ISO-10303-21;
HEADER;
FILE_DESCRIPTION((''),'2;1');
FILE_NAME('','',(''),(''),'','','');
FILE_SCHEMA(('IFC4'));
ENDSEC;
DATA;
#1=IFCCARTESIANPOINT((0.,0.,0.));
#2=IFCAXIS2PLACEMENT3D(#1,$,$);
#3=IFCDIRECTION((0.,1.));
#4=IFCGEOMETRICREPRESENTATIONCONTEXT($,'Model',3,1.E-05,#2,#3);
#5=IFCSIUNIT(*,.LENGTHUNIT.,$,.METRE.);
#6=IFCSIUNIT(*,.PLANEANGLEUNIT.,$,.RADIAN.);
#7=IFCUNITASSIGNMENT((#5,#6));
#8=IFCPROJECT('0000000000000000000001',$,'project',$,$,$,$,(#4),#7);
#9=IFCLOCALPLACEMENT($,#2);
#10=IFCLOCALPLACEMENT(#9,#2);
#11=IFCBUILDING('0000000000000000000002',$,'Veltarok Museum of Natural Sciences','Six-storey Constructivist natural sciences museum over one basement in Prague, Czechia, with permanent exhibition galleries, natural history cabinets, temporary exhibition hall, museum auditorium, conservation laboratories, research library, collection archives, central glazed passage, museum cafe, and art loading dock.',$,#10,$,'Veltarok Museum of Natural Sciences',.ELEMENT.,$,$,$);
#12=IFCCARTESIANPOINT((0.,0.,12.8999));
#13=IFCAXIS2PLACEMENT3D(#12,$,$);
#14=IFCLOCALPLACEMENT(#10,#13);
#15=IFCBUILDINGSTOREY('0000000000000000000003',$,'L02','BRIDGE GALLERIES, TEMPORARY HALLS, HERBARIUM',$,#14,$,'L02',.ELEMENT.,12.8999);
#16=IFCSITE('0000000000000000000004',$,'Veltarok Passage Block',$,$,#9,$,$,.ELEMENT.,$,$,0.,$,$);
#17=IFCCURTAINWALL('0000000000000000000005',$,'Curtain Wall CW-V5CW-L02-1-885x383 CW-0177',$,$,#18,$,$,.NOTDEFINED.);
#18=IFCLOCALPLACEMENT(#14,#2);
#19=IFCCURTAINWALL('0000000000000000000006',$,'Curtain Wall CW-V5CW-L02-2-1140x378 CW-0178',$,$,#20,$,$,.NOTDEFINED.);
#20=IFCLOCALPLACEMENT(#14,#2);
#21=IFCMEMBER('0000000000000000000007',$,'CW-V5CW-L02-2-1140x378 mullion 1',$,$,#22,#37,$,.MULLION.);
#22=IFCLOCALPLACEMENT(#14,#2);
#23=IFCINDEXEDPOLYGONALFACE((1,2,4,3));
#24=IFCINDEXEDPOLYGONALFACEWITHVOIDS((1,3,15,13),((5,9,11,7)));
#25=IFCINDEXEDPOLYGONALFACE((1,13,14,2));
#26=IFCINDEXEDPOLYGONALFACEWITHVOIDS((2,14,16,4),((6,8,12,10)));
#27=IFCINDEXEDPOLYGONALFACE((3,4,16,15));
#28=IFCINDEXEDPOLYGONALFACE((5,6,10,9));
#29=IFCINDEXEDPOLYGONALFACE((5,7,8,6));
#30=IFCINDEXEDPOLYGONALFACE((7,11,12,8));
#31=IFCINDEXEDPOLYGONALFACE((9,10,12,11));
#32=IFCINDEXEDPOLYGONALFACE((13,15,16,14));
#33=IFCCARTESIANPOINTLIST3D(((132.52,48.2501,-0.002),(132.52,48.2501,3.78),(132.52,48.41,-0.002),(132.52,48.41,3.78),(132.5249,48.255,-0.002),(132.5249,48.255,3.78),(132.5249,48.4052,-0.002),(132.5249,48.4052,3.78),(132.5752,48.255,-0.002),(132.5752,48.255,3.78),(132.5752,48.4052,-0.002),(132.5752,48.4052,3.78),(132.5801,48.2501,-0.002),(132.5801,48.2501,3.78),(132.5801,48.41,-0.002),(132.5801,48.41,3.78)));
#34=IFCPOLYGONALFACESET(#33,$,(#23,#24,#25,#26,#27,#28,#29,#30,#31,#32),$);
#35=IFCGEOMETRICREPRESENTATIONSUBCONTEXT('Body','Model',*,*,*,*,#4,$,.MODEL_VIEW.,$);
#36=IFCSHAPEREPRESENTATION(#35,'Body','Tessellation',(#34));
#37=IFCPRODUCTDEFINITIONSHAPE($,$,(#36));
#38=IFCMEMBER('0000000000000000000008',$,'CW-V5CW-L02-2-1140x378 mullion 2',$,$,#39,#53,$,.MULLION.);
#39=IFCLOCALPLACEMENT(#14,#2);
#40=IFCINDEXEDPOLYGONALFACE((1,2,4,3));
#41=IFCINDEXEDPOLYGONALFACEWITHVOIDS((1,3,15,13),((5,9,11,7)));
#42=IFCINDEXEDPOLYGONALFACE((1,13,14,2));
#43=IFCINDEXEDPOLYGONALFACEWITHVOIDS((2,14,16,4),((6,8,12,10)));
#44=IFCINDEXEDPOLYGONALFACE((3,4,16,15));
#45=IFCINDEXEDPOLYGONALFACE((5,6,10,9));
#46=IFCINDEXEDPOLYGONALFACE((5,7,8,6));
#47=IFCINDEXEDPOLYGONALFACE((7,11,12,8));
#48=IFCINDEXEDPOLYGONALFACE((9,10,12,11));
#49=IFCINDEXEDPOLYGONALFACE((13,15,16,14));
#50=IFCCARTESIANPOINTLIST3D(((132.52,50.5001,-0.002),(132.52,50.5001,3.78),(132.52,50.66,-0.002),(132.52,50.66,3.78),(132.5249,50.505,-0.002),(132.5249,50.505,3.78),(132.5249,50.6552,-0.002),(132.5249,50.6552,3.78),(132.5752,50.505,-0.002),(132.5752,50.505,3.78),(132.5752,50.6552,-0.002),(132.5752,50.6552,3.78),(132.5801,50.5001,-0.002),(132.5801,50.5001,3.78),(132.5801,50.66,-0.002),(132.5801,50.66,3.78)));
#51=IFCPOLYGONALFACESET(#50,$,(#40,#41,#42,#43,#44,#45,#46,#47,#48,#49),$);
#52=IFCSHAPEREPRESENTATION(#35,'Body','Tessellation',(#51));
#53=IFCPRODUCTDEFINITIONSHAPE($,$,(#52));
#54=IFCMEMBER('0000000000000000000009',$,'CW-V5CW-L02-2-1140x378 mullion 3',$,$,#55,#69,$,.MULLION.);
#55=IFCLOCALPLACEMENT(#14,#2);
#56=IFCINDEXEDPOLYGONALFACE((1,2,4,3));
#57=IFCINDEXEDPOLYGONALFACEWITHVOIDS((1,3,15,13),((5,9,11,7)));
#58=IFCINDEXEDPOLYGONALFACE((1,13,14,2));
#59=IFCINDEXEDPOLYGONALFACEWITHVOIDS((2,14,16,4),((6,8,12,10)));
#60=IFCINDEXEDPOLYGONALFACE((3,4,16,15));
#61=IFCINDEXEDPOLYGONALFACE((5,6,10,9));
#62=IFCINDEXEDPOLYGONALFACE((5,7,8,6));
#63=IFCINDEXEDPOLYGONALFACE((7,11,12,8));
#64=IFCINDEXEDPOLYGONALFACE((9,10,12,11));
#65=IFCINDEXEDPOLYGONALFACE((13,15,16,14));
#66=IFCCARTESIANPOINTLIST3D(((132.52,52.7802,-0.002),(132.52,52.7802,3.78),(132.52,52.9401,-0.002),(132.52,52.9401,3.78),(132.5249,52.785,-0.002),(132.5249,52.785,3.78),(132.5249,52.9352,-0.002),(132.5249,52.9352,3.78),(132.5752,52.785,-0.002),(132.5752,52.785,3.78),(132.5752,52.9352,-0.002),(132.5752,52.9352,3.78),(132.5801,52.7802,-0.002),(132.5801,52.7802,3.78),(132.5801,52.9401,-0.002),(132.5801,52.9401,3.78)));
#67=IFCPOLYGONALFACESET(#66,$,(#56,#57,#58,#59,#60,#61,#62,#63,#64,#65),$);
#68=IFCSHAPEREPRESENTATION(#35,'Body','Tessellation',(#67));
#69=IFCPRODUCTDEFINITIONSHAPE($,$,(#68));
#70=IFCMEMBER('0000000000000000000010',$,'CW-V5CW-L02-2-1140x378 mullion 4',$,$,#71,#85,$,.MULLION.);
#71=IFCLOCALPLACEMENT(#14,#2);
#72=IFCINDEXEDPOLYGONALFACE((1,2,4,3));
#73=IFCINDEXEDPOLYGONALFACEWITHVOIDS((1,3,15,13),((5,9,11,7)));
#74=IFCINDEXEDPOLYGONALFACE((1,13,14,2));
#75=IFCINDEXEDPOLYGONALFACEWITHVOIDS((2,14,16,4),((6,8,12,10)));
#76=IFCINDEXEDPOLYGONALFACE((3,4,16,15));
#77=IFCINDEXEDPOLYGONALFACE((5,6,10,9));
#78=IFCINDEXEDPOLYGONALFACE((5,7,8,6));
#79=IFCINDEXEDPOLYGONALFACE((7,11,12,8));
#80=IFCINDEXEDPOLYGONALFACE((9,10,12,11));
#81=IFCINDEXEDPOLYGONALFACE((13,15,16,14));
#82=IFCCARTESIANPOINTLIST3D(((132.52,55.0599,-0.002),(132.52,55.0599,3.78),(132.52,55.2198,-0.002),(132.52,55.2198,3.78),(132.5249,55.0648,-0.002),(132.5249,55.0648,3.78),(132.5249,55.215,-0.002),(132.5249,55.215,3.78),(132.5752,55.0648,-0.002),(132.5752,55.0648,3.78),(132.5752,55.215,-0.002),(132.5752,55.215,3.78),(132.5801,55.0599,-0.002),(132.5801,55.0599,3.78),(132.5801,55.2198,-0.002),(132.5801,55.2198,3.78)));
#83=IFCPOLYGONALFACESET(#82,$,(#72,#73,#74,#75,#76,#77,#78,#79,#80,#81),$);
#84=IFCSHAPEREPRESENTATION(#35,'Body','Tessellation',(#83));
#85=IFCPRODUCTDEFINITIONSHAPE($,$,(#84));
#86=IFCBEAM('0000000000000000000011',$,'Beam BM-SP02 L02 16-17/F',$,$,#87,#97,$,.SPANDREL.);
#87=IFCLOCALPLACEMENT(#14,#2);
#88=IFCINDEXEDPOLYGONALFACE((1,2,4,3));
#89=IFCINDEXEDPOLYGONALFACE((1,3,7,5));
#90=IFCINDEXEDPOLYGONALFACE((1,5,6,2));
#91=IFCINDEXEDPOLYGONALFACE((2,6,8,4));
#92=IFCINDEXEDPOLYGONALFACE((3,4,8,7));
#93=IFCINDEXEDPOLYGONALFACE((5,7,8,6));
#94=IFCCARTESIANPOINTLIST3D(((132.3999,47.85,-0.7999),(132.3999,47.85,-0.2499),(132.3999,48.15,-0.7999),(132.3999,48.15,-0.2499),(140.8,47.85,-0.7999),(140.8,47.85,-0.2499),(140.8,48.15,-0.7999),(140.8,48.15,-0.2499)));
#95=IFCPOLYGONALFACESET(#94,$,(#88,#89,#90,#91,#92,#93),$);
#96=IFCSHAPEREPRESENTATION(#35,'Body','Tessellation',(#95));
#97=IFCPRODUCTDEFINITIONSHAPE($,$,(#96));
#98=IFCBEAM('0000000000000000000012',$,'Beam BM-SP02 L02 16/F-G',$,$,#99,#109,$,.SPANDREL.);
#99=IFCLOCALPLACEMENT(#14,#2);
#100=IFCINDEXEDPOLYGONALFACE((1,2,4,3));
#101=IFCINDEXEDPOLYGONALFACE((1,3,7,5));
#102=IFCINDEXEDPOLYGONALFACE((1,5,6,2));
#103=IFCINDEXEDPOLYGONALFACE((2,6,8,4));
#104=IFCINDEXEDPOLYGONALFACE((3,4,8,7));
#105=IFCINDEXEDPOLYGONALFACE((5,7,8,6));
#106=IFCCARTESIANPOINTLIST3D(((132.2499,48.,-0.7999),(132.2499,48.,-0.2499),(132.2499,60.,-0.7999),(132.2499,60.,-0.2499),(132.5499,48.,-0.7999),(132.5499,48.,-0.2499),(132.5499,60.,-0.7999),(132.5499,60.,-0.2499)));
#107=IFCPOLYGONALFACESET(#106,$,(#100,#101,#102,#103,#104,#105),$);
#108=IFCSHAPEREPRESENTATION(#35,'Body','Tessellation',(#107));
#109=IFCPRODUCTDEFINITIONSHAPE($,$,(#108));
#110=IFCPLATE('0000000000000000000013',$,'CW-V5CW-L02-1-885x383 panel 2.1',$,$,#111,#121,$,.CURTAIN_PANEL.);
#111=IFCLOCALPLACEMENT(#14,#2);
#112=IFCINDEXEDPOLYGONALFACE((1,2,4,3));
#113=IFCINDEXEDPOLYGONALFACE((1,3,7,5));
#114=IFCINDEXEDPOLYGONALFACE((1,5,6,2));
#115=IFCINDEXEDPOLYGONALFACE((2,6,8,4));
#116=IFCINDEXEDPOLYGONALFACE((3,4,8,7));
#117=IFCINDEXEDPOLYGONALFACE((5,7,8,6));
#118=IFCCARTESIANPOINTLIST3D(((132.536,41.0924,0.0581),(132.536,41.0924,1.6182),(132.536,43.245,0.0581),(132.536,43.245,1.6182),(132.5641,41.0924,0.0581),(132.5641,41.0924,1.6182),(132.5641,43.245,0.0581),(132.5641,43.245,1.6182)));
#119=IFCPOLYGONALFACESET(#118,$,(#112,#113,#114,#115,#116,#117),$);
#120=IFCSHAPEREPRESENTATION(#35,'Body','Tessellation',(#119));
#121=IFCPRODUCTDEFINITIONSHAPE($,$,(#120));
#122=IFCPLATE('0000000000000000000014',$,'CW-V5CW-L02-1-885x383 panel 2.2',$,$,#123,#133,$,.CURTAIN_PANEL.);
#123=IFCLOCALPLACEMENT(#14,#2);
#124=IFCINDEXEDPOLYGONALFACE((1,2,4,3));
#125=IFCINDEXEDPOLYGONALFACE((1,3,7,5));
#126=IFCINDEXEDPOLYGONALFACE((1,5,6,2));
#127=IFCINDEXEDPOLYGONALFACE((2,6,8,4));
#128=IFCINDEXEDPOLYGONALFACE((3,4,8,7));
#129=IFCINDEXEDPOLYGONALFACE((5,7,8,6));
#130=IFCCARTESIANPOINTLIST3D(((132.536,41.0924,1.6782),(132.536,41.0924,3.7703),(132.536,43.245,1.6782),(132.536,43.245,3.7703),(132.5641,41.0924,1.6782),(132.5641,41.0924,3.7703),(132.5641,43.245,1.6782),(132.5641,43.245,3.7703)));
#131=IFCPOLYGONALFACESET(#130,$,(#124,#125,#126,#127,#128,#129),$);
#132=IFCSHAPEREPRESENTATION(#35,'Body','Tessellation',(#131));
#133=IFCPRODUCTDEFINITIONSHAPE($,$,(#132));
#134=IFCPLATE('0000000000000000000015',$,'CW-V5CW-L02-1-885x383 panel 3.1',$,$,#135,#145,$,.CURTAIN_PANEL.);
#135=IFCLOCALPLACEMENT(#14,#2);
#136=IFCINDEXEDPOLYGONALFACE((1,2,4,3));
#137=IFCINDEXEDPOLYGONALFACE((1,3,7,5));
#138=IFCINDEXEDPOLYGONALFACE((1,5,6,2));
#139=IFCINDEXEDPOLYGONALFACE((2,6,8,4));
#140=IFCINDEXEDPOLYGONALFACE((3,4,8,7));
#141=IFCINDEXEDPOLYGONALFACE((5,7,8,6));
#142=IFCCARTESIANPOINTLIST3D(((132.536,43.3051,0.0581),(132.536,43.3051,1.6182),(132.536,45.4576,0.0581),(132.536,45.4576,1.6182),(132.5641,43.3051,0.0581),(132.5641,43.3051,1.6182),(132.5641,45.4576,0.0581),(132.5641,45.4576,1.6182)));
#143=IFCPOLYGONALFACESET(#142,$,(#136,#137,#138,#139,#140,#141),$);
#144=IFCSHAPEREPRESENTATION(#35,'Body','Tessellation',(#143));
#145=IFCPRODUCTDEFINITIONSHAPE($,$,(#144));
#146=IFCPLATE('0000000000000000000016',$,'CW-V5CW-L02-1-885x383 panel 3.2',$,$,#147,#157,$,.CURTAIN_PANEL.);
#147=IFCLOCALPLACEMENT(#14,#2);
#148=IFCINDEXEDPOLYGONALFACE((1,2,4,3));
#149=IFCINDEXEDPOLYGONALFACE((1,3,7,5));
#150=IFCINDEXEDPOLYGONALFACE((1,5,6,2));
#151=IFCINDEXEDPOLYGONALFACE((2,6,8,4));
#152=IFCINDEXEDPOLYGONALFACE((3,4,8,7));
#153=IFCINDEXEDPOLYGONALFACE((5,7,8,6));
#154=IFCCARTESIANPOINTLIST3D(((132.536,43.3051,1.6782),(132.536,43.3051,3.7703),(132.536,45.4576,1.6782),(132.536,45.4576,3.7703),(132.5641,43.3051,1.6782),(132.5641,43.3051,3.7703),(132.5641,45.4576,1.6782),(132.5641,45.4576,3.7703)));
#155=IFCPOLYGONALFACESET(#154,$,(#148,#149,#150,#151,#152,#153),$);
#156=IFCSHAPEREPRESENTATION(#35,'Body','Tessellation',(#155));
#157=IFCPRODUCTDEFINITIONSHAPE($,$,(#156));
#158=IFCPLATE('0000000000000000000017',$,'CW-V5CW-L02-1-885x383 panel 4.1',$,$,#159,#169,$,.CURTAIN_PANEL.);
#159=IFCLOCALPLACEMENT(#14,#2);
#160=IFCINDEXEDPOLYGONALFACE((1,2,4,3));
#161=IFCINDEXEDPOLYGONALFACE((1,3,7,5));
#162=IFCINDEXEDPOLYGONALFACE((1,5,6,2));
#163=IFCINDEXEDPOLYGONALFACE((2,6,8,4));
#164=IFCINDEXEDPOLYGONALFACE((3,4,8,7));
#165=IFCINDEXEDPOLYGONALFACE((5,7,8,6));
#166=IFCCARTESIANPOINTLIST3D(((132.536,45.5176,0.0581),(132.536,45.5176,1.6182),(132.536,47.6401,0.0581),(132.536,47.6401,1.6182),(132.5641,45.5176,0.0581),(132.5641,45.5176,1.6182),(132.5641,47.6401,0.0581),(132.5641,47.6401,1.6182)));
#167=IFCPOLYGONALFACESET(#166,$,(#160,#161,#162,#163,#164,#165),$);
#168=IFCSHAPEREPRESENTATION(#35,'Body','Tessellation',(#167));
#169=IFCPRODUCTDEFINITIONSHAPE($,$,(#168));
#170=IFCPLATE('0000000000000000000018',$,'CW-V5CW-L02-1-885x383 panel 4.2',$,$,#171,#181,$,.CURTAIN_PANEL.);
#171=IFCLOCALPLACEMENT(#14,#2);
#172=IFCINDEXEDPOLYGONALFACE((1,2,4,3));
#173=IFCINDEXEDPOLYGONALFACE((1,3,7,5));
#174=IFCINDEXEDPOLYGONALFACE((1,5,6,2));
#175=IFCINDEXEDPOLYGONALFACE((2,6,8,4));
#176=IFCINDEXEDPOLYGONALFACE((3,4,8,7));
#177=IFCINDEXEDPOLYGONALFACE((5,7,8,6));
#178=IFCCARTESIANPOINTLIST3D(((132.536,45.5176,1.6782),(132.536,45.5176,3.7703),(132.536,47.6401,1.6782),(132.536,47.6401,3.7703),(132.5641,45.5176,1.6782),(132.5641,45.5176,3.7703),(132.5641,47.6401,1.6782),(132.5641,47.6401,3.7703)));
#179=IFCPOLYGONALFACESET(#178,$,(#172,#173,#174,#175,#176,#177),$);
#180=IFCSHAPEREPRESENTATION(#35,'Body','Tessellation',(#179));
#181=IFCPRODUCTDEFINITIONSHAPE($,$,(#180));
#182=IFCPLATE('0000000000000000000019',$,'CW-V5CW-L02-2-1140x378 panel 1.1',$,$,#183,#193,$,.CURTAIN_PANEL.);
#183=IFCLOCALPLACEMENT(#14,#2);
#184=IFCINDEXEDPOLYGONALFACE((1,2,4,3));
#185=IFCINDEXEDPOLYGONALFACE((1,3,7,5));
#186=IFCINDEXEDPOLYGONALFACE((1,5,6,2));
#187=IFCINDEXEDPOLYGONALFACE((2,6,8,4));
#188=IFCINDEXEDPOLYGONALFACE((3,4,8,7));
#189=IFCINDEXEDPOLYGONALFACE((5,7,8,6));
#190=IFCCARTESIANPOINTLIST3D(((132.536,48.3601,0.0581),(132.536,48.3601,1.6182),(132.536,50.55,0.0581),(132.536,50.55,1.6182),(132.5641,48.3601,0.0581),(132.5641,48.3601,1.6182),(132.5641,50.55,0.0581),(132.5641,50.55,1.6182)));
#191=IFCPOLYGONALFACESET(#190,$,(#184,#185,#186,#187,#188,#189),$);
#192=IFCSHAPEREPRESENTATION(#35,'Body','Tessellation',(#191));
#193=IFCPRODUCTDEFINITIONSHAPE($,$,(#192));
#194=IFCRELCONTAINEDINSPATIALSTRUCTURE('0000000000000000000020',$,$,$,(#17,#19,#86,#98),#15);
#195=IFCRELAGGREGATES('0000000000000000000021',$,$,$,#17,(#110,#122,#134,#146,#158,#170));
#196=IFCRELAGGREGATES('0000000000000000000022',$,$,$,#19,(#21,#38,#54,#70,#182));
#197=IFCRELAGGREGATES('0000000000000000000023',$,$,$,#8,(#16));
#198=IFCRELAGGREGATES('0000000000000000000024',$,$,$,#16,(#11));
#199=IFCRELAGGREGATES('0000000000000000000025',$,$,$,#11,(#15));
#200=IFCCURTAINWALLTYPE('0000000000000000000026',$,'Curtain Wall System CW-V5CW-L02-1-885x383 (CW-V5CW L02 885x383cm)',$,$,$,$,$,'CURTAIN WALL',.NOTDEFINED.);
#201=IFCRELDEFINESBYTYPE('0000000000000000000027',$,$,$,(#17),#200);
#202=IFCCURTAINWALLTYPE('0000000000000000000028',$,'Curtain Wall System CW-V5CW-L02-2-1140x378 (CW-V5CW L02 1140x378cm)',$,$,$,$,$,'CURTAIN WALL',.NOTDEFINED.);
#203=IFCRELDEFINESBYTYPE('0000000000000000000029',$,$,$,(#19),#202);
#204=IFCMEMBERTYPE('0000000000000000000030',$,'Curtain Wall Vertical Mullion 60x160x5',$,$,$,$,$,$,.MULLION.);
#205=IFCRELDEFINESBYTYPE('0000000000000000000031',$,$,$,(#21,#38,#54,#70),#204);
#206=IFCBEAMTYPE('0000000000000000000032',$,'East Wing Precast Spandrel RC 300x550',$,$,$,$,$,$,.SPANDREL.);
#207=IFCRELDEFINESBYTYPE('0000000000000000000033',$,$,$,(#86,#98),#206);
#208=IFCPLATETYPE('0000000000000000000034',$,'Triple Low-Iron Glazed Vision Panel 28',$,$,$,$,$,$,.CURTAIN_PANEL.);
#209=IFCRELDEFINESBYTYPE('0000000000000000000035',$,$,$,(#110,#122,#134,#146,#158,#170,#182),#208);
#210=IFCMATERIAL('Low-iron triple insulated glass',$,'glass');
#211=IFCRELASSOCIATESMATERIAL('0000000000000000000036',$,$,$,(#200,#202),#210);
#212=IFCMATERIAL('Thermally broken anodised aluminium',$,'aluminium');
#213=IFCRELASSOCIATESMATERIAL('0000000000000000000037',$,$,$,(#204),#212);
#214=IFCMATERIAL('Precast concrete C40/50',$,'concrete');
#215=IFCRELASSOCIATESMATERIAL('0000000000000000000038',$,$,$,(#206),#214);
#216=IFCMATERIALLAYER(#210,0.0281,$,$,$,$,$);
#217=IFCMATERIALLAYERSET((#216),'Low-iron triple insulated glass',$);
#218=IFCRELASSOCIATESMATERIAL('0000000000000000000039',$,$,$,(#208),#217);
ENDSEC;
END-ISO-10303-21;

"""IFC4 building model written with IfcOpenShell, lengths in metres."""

from ifc_helpers import new_model, si_unit, direction, frame, origin, origin_2d, place, context, subcontext, project, spatial, rectangle, hollow_rectangle, extrude, material, layer, layer_set, material_profile, profile_set, type_object, element, aggregate, save


model = new_model("IFC4")

# Units and contexts
model_context = context("Model", 3, precision=1e-05, world=origin(), true_north=direction((0.0, 1.0)))
body_context = subcontext(model_context, "Body", "Model", "MODEL_VIEW")
ifc_project = project(units=[si_unit("LENGTHUNIT", "METRE"), si_unit("PLANEANGLEUNIT", "RADIAN")], contexts=[model_context])

# Site, building, storey
site_placement = place(None, origin())
site = spatial("IfcSite", under=ifc_project, at=site_placement, Name="Veltarok Passage Block", CompositionType="ELEMENT", RefElevation=0.0)
building_placement = place(site_placement, origin())
building = spatial("IfcBuilding", under=site, at=building_placement, Name="Veltarok Museum of Natural Sciences", Description="Six-storey Constructivist natural sciences museum over one basement in Prague, Czechia, with permanent exhibition galleries, natural history cabinets, temporary exhibition hall, museum auditorium, conservation laboratories, research library, collection archives, central glazed passage, museum cafe, and art loading dock.", LongName="Veltarok Museum of Natural Sciences", CompositionType="ELEMENT")
storey_placement = place(building_placement, frame((0.0, 0.0, 12.8999)))
storey = spatial("IfcBuildingStorey", under=building, at=storey_placement, Name="L02", Description="BRIDGE GALLERIES, TEMPORARY HALLS, HERBARIUM", LongName="L02", CompositionType="ELEMENT", Elevation=12.8999)

# Curtain walls
ifc_material_1 = material(Name="Low-iron triple insulated glass", Category="glass")
curtain_wall_type_1 = type_object("IfcCurtainWallType", Name="Curtain Wall System CW-V5CW-L02-1-885x383 (CW-V5CW L02 885x383cm)", ElementType="CURTAIN WALL", PredefinedType="NOTDEFINED", material=ifc_material_1)
curtain_wall_1_placement = place(storey_placement, origin())
curtain_wall_1 = element("IfcCurtainWall", 1, at=curtain_wall_1_placement, inside=storey, type_object=curtain_wall_type_1, Name="Curtain Wall CW-V5CW-L02-1-885x383 CW-0177", PredefinedType="NOTDEFINED")
ifc_material_2 = material(Name="Thermally broken anodised aluminium", Category="aluminium")
curtain_wall_type_2 = type_object("IfcCurtainWallType", Name="Curtain Wall System CW-V5CW-L02-2-1140x378 (CW-V5CW L02 1140x378cm)", ElementType="CURTAIN WALL", PredefinedType="NOTDEFINED", material=ifc_material_1)
curtain_wall_2_placement = place(storey_placement, origin())
curtain_wall_2 = element("IfcCurtainWall", 2, at=curtain_wall_2_placement, inside=storey, type_object=curtain_wall_type_2, Name="Curtain Wall CW-V5CW-L02-2-1140x378 CW-0178", PredefinedType="NOTDEFINED")

# Members
ifc_material_profile_1 = material_profile(ifc_material_2, hollow_rectangle(XDim=0.0601, YDim=0.1599, WallThickness=0.0049, at=origin_2d()), Name="CW MULLION 60x160x5")
ifc_profile_set_1 = profile_set([ifc_material_profile_1], Name="Thermally broken anodised aluminium")
member_type_1 = type_object("IfcMemberType", Name="Curtain Wall Vertical Mullion 60x160x5", PredefinedType="MULLION", material=ifc_profile_set_1)
member_1_placement = place(storey_placement, frame((132.55, 48.3301, -0.002), z_axis=(0.0, 0.0, 1.0), x_axis=(-1.0, 0.0, 0.0)))
member_1 = element("IfcMember", 3, at=member_1_placement, type_object=member_type_1, Name="CW-V5CW-L02-2-1140x378 mullion 1", PredefinedType="MULLION", context=body_context, shape_type="SweptSolid", body=[
    extrude(hollow_rectangle(XDim=0.0601, YDim=0.1599, WallThickness=0.0049, at=origin_2d()), origin(), (0.0, 0.0, 1.0), 3.782),
])
member_2_placement = place(storey_placement, frame((132.55, 50.5801, -0.002), z_axis=(0.0, 0.0, 1.0), x_axis=(-1.0, 0.0, 0.0)))
member_2 = element("IfcMember", 4, at=member_2_placement, type_object=member_type_1, Name="CW-V5CW-L02-2-1140x378 mullion 2", PredefinedType="MULLION", context=body_context, shape_type="SweptSolid", body=[
    extrude(hollow_rectangle(XDim=0.0601, YDim=0.1599, WallThickness=0.0049, at=origin_2d()), origin(), (0.0, 0.0, 1.0), 3.782),
])
member_3_placement = place(storey_placement, frame((132.55, 52.8601, -0.002), z_axis=(0.0, 0.0, 1.0), x_axis=(-1.0, 0.0, 0.0)))
member_3 = element("IfcMember", 5, at=member_3_placement, type_object=member_type_1, Name="CW-V5CW-L02-2-1140x378 mullion 3", PredefinedType="MULLION", context=body_context, shape_type="SweptSolid", body=[
    extrude(hollow_rectangle(XDim=0.0601, YDim=0.1599, WallThickness=0.0049, at=origin_2d()), origin(), (0.0, 0.0, 1.0), 3.782),
])
member_4_placement = place(storey_placement, frame((132.55, 55.1399, -0.002), z_axis=(0.0, 0.0, 1.0), x_axis=(-1.0, 0.0, 0.0)))
member_4 = element("IfcMember", 6, at=member_4_placement, type_object=member_type_1, Name="CW-V5CW-L02-2-1140x378 mullion 4", PredefinedType="MULLION", context=body_context, shape_type="SweptSolid", body=[
    extrude(hollow_rectangle(XDim=0.0601, YDim=0.1599, WallThickness=0.0049, at=origin_2d()), origin(), (0.0, 0.0, 1.0), 3.782),
])

# Beams
ifc_material_3 = material(Name="Precast concrete C40/50", Category="concrete")
ifc_material_profile_2 = material_profile(ifc_material_3, rectangle(XDim=0.3, YDim=0.55, at=origin_2d()), Name="RC 300x550")
ifc_profile_set_2 = profile_set([ifc_material_profile_2], Name="Precast concrete C40/50")
beam_type = type_object("IfcBeamType", Name="East Wing Precast Spandrel RC 300x550", PredefinedType="SPANDREL", material=ifc_profile_set_2)
beam_1_placement = place(storey_placement, frame((132.3999, 48.0, -0.5249), z_axis=(1.0, 0.0, 0.0), x_axis=(0.0, 1.0, 0.0)))
element("IfcBeam", 7, at=beam_1_placement, inside=storey, type_object=beam_type, Name="Beam BM-SP02 L02 16-17/F", PredefinedType="SPANDREL", context=body_context, shape_type="SweptSolid", body=[
    extrude(rectangle(XDim=0.3, YDim=0.55, at=origin_2d()), origin(), (0.0, 0.0, 1.0), 8.4001),
])
beam_2_placement = place(storey_placement, frame((132.3999, 48.0, -0.5249), z_axis=(0.0, 1.0, 0.0), x_axis=(-1.0, 0.0, 0.0)))
element("IfcBeam", 8, at=beam_2_placement, inside=storey, type_object=beam_type, Name="Beam BM-SP02 L02 16/F-G", PredefinedType="SPANDREL", context=body_context, shape_type="SweptSolid", body=[
    extrude(rectangle(XDim=0.3, YDim=0.55, at=origin_2d()), origin(), (0.0, 0.0, 1.0), 12.0),
])

# Plates
ifc_layer = layer(ifc_material_1, 0.0281)
ifc_layer_set = layer_set([ifc_layer], Name="Low-iron triple insulated glass")
plate_type = type_object("IfcPlateType", Name="Triple Low-Iron Glazed Vision Panel 28", PredefinedType="CURTAIN_PANEL", material=ifc_layer_set)
plate_1_placement = place(storey_placement, frame((132.55, 42.1687, 0.0581), z_axis=(0.0, 0.0, 1.0), x_axis=(0.0, 1.0, 0.0)))
plate_1 = element("IfcPlate", 9, at=plate_1_placement, type_object=plate_type, Name="CW-V5CW-L02-1-885x383 panel 2.1", PredefinedType="CURTAIN_PANEL", context=body_context, shape_type="SweptSolid", body=[
    extrude(rectangle(XDim=2.1526, YDim=0.0281, at=origin_2d()), origin(), (0.0, 0.0, 1.0), 1.5601),
])
plate_2_placement = place(storey_placement, frame((132.55, 42.1687, 1.6782), z_axis=(0.0, 0.0, 1.0), x_axis=(0.0, 1.0, 0.0)))
plate_2 = element("IfcPlate", 10, at=plate_2_placement, type_object=plate_type, Name="CW-V5CW-L02-1-885x383 panel 2.2", PredefinedType="CURTAIN_PANEL", context=body_context, shape_type="SweptSolid", body=[
    extrude(rectangle(XDim=2.1526, YDim=0.0281, at=origin_2d()), origin(), (0.0, 0.0, 1.0), 2.092),
])
plate_3_placement = place(storey_placement, frame((132.55, 44.3813, 0.0581), z_axis=(0.0, 0.0, 1.0), x_axis=(0.0, 1.0, 0.0)))
plate_3 = element("IfcPlate", 11, at=plate_3_placement, type_object=plate_type, Name="CW-V5CW-L02-1-885x383 panel 3.1", PredefinedType="CURTAIN_PANEL", context=body_context, shape_type="SweptSolid", body=[
    extrude(rectangle(XDim=2.1526, YDim=0.0281, at=origin_2d()), origin(), (0.0, 0.0, 1.0), 1.5601),
])
plate_4_placement = place(storey_placement, frame((132.55, 44.3813, 1.6782), z_axis=(0.0, 0.0, 1.0), x_axis=(0.0, 1.0, 0.0)))
plate_4 = element("IfcPlate", 12, at=plate_4_placement, type_object=plate_type, Name="CW-V5CW-L02-1-885x383 panel 3.2", PredefinedType="CURTAIN_PANEL", context=body_context, shape_type="SweptSolid", body=[
    extrude(rectangle(XDim=2.1526, YDim=0.0281, at=origin_2d()), origin(), (0.0, 0.0, 1.0), 2.092),
])
plate_5_placement = place(storey_placement, frame((132.55, 46.5789, 0.0581), z_axis=(0.0, 0.0, 1.0), x_axis=(0.0, 1.0, 0.0)))
plate_5 = element("IfcPlate", 13, at=plate_5_placement, type_object=plate_type, Name="CW-V5CW-L02-1-885x383 panel 4.1", PredefinedType="CURTAIN_PANEL", context=body_context, shape_type="SweptSolid", body=[
    extrude(rectangle(XDim=2.1226, YDim=0.0281, at=origin_2d()), origin(), (0.0, 0.0, 1.0), 1.5601),
])
plate_6_placement = place(storey_placement, frame((132.55, 46.5789, 1.6782), z_axis=(0.0, 0.0, 1.0), x_axis=(0.0, 1.0, 0.0)))
plate_6 = element("IfcPlate", 14, at=plate_6_placement, type_object=plate_type, Name="CW-V5CW-L02-1-885x383 panel 4.2", PredefinedType="CURTAIN_PANEL", context=body_context, shape_type="SweptSolid", body=[
    extrude(rectangle(XDim=2.1226, YDim=0.0281, at=origin_2d()), origin(), (0.0, 0.0, 1.0), 2.092),
])
aggregate(curtain_wall_1, [plate_1, plate_2, plate_3, plate_4, plate_5, plate_6])
plate_7_placement = place(storey_placement, frame((132.55, 49.4551, 0.0581), z_axis=(0.0, 0.0, 1.0), x_axis=(0.0, 1.0, 0.0)))
plate_7 = element("IfcPlate", 15, at=plate_7_placement, type_object=plate_type, Name="CW-V5CW-L02-2-1140x378 panel 1.1", PredefinedType="CURTAIN_PANEL", context=body_context, shape_type="SweptSolid", body=[
    extrude(rectangle(XDim=2.1899, YDim=0.0281, at=origin_2d()), origin(), (0.0, 0.0, 1.0), 1.5601),
])
aggregate(curtain_wall_2, [member_1, member_2, member_3, member_4, plate_7])

save(model, "model.ifc")
